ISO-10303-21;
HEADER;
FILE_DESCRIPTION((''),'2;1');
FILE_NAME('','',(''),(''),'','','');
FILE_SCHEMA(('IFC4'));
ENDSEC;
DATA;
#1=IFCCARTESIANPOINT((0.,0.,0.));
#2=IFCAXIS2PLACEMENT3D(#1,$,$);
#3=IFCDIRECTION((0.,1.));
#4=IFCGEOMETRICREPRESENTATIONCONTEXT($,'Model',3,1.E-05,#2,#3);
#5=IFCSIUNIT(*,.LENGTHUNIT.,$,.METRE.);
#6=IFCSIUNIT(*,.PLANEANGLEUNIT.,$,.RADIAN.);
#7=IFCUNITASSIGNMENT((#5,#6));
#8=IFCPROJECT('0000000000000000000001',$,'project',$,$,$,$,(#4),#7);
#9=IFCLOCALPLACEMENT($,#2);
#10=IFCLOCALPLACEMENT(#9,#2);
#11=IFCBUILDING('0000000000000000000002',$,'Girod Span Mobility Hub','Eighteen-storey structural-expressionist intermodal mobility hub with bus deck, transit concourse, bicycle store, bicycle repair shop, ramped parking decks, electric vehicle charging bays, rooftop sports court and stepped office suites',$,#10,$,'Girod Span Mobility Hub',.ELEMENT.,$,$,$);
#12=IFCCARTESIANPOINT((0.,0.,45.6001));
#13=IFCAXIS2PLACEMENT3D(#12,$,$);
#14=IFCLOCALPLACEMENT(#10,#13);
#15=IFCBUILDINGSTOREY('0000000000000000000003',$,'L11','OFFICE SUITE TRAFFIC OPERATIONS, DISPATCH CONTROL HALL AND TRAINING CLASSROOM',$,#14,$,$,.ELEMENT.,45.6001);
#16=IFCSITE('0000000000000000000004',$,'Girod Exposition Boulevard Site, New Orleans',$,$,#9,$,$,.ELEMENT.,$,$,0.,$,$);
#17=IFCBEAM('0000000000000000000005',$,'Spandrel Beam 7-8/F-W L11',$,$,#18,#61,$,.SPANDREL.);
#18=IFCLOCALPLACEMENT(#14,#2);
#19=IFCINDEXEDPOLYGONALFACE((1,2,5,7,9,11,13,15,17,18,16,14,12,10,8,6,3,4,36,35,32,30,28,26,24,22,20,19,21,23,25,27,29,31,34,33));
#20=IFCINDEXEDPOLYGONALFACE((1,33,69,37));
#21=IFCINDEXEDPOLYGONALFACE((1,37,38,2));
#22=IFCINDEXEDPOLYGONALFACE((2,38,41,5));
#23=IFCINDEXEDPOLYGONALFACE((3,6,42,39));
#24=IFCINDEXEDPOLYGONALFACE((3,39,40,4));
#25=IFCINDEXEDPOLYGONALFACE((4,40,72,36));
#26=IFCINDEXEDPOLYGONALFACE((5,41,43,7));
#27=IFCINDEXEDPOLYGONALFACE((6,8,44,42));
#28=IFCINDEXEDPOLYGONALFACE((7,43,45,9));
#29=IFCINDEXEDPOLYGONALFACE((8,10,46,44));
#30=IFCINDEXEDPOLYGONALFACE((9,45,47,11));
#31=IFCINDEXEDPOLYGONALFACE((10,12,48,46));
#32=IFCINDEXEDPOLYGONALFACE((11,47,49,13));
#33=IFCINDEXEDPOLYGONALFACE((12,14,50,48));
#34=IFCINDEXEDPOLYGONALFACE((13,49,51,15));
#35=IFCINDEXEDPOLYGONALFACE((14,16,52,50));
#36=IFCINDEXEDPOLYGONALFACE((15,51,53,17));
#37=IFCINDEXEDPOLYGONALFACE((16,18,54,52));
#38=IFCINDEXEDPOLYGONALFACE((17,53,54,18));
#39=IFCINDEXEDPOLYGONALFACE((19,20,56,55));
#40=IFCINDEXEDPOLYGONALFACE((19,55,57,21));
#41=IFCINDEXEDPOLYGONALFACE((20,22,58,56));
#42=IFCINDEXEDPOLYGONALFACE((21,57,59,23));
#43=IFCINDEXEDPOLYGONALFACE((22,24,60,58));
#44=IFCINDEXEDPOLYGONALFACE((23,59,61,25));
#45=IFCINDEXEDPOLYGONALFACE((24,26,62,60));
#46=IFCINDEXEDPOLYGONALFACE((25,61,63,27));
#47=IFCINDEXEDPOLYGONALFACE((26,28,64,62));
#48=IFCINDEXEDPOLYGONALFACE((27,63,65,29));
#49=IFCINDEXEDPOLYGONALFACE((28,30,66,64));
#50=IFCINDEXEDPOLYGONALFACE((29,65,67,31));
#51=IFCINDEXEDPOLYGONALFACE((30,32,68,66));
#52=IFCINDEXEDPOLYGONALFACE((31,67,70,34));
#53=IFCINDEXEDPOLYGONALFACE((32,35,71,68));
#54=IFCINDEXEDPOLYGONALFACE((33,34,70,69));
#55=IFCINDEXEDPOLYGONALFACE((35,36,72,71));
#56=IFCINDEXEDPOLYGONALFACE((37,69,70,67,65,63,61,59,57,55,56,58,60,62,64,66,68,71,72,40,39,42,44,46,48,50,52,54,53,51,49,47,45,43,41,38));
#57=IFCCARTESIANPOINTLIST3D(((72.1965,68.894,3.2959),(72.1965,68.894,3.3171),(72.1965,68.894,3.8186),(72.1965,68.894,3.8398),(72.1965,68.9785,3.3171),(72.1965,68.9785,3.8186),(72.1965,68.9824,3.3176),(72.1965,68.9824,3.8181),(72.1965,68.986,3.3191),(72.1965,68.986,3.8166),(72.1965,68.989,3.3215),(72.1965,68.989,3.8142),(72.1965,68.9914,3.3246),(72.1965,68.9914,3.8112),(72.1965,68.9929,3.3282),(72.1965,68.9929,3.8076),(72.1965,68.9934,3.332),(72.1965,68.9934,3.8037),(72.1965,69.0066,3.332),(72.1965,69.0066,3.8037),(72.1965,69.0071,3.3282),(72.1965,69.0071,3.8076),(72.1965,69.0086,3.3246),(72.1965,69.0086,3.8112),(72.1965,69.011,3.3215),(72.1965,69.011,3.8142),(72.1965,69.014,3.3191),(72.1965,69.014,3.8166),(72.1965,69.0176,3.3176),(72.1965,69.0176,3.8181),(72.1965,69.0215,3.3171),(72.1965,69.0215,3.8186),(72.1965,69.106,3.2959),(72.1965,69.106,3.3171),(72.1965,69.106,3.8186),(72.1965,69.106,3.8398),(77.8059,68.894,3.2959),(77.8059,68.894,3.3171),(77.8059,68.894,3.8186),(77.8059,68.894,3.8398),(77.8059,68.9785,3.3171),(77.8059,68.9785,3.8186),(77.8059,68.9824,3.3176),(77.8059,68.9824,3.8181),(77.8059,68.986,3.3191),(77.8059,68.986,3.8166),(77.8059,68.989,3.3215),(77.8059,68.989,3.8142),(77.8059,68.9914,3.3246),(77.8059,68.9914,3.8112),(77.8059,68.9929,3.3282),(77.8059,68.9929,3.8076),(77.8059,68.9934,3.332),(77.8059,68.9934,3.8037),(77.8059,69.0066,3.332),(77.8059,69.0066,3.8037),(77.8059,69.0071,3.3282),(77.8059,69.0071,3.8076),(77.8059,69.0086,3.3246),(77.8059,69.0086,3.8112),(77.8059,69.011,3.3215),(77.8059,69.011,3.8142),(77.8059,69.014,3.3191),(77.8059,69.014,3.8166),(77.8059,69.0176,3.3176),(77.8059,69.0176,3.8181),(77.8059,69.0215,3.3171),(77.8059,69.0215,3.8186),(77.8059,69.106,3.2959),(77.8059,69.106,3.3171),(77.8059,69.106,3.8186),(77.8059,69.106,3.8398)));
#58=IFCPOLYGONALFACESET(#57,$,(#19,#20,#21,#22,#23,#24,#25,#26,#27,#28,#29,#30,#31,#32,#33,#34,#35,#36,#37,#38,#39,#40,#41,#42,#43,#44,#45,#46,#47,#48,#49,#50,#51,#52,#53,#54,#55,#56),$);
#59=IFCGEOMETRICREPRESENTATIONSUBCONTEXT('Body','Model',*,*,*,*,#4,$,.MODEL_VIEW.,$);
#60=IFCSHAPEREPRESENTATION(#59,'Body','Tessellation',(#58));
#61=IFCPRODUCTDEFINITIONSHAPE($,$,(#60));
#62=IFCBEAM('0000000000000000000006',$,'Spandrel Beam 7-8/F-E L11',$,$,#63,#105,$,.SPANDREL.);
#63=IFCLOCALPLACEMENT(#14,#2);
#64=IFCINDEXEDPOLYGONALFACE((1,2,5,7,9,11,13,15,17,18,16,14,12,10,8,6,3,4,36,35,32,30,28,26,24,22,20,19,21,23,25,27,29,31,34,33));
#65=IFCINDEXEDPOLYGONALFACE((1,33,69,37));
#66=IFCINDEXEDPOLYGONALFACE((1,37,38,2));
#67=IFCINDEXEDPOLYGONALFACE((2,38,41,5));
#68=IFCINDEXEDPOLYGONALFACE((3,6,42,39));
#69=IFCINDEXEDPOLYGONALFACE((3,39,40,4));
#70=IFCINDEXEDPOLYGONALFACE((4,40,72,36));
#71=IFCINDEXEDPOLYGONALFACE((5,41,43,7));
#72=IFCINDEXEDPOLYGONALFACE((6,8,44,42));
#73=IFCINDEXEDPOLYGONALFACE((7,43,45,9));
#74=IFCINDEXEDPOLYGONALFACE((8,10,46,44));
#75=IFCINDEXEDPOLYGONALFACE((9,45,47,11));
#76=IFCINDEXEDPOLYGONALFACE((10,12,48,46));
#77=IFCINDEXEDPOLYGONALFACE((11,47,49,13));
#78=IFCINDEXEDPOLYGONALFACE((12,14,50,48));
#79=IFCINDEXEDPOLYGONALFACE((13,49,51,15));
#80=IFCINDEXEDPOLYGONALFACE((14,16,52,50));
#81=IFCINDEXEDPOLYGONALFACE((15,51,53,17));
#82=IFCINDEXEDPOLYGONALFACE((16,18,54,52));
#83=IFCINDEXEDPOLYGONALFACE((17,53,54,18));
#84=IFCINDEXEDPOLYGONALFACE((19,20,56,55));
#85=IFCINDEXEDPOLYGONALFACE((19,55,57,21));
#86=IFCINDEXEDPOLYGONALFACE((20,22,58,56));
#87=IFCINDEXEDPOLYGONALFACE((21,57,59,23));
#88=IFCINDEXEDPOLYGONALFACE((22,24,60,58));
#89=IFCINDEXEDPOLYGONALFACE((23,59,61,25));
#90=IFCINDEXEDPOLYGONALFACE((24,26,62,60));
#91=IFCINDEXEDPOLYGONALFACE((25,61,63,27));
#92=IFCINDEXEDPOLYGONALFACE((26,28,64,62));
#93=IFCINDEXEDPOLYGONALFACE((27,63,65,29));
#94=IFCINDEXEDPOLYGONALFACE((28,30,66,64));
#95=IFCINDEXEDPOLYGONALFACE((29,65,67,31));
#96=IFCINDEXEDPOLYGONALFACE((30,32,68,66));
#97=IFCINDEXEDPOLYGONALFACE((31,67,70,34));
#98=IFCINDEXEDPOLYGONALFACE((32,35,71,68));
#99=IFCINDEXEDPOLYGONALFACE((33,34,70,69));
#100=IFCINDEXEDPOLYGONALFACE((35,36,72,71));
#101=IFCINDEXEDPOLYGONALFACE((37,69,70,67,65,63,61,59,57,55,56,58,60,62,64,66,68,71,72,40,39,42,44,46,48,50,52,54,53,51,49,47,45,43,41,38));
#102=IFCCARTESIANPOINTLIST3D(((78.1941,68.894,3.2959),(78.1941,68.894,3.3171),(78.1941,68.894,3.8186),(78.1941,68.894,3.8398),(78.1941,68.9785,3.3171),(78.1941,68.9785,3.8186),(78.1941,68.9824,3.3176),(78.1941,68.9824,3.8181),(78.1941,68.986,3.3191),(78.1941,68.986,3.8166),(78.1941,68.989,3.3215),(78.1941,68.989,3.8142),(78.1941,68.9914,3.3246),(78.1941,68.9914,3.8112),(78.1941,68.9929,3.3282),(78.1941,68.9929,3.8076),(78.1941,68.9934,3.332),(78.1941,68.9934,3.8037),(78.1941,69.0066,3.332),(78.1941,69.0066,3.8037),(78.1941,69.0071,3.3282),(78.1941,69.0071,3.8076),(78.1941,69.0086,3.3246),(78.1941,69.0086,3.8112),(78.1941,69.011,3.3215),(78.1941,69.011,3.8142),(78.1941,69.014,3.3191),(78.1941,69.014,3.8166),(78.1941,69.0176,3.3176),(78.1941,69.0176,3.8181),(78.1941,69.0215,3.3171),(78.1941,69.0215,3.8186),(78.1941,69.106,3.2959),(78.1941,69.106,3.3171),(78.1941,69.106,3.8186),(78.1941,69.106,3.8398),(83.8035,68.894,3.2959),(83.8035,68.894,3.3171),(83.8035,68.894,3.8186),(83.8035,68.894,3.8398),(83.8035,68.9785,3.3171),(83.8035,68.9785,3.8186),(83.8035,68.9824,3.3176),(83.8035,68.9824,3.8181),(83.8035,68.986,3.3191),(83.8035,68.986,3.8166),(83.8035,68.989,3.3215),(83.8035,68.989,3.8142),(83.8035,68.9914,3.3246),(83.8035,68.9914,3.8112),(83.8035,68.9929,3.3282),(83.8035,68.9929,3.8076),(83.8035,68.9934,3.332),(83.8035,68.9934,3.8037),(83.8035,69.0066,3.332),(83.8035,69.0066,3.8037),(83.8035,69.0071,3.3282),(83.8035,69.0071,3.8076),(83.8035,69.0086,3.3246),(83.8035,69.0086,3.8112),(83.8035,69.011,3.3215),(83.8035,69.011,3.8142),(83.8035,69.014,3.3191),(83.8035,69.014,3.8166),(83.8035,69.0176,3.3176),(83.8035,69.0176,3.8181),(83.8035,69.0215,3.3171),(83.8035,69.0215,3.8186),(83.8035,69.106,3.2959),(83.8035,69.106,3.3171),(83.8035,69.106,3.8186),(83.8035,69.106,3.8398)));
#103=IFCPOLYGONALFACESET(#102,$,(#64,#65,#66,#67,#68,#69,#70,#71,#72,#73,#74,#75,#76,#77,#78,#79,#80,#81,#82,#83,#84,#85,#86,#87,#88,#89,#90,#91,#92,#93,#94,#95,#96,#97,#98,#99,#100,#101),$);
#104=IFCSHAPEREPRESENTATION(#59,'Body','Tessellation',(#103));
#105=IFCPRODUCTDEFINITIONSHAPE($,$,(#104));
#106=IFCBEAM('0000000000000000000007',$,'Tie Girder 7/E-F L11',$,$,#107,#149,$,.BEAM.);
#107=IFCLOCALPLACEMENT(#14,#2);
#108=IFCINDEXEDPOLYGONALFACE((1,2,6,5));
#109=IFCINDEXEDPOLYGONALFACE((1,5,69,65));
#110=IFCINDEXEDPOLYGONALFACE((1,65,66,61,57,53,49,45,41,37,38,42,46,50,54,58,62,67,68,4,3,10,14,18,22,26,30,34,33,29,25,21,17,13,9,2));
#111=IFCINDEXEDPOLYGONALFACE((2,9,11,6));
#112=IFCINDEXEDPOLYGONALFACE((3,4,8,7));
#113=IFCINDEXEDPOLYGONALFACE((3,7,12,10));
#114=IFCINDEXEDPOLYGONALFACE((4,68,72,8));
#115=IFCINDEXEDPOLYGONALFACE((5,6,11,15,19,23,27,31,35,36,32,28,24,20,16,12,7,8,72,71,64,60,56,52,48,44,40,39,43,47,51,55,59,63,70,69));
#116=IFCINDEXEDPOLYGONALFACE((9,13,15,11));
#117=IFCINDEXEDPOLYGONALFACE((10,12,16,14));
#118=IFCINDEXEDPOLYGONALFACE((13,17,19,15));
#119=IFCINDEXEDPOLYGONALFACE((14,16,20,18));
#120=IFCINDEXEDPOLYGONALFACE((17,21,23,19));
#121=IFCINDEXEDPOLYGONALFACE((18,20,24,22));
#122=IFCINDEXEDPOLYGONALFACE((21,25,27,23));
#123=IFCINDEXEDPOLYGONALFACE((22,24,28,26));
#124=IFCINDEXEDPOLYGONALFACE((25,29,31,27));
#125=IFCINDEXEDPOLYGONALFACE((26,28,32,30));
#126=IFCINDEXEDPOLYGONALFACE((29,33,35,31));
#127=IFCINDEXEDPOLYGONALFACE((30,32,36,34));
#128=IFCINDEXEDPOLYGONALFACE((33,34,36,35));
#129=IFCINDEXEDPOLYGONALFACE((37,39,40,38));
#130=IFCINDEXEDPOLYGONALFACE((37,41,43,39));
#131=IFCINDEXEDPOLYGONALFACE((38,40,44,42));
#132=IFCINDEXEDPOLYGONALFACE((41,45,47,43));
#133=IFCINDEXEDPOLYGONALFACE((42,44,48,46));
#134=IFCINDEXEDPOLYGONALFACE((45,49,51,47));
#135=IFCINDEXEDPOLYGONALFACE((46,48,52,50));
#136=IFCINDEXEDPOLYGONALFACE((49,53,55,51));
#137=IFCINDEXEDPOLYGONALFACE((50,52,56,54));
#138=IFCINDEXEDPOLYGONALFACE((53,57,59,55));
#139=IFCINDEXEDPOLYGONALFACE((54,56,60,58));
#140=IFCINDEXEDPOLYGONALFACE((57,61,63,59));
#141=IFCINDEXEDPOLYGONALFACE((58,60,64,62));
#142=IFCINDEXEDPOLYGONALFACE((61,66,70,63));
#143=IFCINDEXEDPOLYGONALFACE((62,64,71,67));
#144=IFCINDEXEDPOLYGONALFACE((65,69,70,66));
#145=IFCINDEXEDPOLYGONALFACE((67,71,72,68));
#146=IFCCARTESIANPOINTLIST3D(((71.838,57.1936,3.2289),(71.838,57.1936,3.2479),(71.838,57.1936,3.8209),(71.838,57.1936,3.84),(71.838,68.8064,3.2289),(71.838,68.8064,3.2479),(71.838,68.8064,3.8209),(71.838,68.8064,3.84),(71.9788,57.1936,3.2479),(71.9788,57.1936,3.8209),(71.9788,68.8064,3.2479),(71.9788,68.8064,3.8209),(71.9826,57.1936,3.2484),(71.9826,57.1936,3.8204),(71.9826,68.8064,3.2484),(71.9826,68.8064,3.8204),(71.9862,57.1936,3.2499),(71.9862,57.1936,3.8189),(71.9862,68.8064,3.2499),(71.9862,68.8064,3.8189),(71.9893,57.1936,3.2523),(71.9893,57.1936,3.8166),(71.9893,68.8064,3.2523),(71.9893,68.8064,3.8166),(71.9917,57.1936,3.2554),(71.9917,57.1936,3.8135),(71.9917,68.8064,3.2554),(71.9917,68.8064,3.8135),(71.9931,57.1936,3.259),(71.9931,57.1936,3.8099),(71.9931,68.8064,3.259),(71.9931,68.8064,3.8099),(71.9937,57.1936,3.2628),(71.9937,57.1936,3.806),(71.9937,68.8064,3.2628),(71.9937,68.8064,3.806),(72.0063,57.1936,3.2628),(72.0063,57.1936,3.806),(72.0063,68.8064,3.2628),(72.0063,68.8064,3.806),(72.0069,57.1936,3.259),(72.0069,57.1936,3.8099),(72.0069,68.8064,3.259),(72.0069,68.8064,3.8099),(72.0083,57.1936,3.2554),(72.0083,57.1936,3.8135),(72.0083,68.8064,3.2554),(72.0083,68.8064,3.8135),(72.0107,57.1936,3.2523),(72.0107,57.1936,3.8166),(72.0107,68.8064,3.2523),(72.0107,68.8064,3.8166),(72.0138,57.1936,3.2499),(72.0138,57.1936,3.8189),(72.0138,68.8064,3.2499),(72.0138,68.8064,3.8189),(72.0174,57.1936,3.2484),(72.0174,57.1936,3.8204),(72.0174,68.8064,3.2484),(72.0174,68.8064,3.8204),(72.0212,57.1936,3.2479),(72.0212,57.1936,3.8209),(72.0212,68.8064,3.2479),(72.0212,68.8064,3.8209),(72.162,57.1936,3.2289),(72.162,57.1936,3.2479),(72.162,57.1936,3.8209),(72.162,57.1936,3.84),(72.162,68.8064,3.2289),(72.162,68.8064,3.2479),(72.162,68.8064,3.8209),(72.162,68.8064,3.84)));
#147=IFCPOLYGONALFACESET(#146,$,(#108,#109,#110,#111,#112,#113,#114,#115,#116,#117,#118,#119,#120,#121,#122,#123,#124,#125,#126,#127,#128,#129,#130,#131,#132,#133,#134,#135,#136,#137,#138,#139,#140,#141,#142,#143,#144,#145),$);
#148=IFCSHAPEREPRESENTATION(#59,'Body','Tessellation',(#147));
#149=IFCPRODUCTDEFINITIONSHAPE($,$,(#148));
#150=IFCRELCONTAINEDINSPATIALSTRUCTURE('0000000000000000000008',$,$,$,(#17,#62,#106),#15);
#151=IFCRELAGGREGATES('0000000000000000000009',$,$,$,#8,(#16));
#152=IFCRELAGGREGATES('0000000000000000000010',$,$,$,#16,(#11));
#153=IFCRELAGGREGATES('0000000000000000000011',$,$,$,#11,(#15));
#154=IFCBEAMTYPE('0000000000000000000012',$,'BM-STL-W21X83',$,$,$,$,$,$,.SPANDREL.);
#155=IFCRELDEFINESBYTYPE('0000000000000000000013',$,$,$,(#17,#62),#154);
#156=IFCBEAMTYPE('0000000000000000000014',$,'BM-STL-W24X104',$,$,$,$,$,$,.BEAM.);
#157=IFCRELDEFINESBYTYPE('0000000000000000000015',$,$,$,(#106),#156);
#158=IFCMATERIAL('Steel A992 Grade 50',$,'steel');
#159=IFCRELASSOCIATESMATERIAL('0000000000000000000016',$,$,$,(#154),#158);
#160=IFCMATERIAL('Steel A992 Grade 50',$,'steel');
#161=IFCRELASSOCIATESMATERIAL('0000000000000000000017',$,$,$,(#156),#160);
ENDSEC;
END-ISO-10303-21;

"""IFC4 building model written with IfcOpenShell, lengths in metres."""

from ifc_helpers import new_model, si_unit, direction, frame, origin, origin_2d, place, context, subcontext, project, spatial, i_section, extrude, material, material_profile, profile_set, type_object, element, save


model = new_model("IFC4")

# Units and contexts
model_context = context("Model", 3, precision=1e-05, world=origin(), true_north=direction((0.0, 1.0)))
body_context = subcontext(model_context, "Body", "Model", "MODEL_VIEW")
ifc_project = project(units=[si_unit("LENGTHUNIT", "METRE"), si_unit("PLANEANGLEUNIT", "RADIAN")], contexts=[model_context])

# Site, building, storey
site_placement = place(None, origin())
site = spatial("IfcSite", under=ifc_project, at=site_placement, Name="Girod Exposition Boulevard Site, New Orleans", CompositionType="ELEMENT", RefElevation=0.0)
building_placement = place(site_placement, origin())
building = spatial("IfcBuilding", under=site, at=building_placement, Name="Girod Span Mobility Hub", Description="Eighteen-storey structural-expressionist intermodal mobility hub with bus deck, transit concourse, bicycle store, bicycle repair shop, ramped parking decks, electric vehicle charging bays, rooftop sports court and stepped office suites", LongName="Girod Span Mobility Hub", CompositionType="ELEMENT")
storey_placement = place(building_placement, frame((0.0, 0.0, 45.6001)))
storey = spatial("IfcBuildingStorey", under=building, at=storey_placement, Name="L11", Description="OFFICE SUITE TRAFFIC OPERATIONS, DISPATCH CONTROL HALL AND TRAINING CLASSROOM", CompositionType="ELEMENT", Elevation=45.6001)

# Beams
ifc_material_1 = material(Name="Steel A992 Grade 50", Category="steel")
ifc_material_profile_1 = material_profile(ifc_material_1, i_section(OverallWidth=0.2119, OverallDepth=0.5439, WebThickness=0.0132, FlangeThickness=0.0212, FilletRadius=0.0149, at=origin_2d()), Name="W21X83")
ifc_profile_set_1 = profile_set([ifc_material_profile_1], Name="Steel A992 Grade 50")
beam_type_1 = type_object("IfcBeamType", Name="BM-STL-W21X83", PredefinedType="SPANDREL", material=ifc_profile_set_1)
for number, where, z_axis, x_axis, name in (
    (1, (72.1965, 69.0, 3.5679), (1.0, 0.0, 0.0), (0.0, 1.0, 0.0), "Spandrel Beam 7-8/F-W L11"),
    (2, (78.1941, 69.0, 3.5679), (1.0, 0.0, 0.0), (0.0, 1.0, 0.0), "Spandrel Beam 7-8/F-E L11"),
):
    element("IfcBeam", number, at=place(storey_placement, frame(where, z_axis=z_axis, x_axis=x_axis)), inside=storey, type_object=beam_type_1, Name=name, PredefinedType="SPANDREL", context=body_context, shape_type="SweptSolid", body=[
        extrude(i_section(OverallWidth=0.2119, OverallDepth=0.5439, WebThickness=0.0132, FlangeThickness=0.0212, FilletRadius=0.0149, at=origin_2d()), origin(), (0.0, 0.0, 1.0), 5.6094),
    ])
ifc_material_2 = material(Name="Steel A992 Grade 50", Category="steel")
ifc_material_profile_2 = material_profile(ifc_material_2, i_section(OverallWidth=0.324, OverallDepth=0.6111, WebThickness=0.0127, FlangeThickness=0.019, FilletRadius=0.0149, at=origin_2d()), Name="W24X104")
ifc_profile_set_2 = profile_set([ifc_material_profile_2], Name="Steel A992 Grade 50")
beam_type_2 = type_object("IfcBeamType", Name="BM-STL-W24X104", PredefinedType="BEAM", material=ifc_profile_set_2)
beam_placement = place(storey_placement, frame((72.0, 57.1936, 3.5344), z_axis=(0.0, 1.0, 0.0), x_axis=(-1.0, 0.0, 0.0)))
element("IfcBeam", 3, at=beam_placement, inside=storey, type_object=beam_type_2, Name="Tie Girder 7/E-F L11", PredefinedType="BEAM", context=body_context, shape_type="SweptSolid", body=[
    extrude(i_section(OverallWidth=0.324, OverallDepth=0.6111, WebThickness=0.0127, FlangeThickness=0.019, FilletRadius=0.0149, at=origin_2d()), origin(), (0.0, 0.0, 1.0), 11.6128),
])

save(model, "model.ifc")
